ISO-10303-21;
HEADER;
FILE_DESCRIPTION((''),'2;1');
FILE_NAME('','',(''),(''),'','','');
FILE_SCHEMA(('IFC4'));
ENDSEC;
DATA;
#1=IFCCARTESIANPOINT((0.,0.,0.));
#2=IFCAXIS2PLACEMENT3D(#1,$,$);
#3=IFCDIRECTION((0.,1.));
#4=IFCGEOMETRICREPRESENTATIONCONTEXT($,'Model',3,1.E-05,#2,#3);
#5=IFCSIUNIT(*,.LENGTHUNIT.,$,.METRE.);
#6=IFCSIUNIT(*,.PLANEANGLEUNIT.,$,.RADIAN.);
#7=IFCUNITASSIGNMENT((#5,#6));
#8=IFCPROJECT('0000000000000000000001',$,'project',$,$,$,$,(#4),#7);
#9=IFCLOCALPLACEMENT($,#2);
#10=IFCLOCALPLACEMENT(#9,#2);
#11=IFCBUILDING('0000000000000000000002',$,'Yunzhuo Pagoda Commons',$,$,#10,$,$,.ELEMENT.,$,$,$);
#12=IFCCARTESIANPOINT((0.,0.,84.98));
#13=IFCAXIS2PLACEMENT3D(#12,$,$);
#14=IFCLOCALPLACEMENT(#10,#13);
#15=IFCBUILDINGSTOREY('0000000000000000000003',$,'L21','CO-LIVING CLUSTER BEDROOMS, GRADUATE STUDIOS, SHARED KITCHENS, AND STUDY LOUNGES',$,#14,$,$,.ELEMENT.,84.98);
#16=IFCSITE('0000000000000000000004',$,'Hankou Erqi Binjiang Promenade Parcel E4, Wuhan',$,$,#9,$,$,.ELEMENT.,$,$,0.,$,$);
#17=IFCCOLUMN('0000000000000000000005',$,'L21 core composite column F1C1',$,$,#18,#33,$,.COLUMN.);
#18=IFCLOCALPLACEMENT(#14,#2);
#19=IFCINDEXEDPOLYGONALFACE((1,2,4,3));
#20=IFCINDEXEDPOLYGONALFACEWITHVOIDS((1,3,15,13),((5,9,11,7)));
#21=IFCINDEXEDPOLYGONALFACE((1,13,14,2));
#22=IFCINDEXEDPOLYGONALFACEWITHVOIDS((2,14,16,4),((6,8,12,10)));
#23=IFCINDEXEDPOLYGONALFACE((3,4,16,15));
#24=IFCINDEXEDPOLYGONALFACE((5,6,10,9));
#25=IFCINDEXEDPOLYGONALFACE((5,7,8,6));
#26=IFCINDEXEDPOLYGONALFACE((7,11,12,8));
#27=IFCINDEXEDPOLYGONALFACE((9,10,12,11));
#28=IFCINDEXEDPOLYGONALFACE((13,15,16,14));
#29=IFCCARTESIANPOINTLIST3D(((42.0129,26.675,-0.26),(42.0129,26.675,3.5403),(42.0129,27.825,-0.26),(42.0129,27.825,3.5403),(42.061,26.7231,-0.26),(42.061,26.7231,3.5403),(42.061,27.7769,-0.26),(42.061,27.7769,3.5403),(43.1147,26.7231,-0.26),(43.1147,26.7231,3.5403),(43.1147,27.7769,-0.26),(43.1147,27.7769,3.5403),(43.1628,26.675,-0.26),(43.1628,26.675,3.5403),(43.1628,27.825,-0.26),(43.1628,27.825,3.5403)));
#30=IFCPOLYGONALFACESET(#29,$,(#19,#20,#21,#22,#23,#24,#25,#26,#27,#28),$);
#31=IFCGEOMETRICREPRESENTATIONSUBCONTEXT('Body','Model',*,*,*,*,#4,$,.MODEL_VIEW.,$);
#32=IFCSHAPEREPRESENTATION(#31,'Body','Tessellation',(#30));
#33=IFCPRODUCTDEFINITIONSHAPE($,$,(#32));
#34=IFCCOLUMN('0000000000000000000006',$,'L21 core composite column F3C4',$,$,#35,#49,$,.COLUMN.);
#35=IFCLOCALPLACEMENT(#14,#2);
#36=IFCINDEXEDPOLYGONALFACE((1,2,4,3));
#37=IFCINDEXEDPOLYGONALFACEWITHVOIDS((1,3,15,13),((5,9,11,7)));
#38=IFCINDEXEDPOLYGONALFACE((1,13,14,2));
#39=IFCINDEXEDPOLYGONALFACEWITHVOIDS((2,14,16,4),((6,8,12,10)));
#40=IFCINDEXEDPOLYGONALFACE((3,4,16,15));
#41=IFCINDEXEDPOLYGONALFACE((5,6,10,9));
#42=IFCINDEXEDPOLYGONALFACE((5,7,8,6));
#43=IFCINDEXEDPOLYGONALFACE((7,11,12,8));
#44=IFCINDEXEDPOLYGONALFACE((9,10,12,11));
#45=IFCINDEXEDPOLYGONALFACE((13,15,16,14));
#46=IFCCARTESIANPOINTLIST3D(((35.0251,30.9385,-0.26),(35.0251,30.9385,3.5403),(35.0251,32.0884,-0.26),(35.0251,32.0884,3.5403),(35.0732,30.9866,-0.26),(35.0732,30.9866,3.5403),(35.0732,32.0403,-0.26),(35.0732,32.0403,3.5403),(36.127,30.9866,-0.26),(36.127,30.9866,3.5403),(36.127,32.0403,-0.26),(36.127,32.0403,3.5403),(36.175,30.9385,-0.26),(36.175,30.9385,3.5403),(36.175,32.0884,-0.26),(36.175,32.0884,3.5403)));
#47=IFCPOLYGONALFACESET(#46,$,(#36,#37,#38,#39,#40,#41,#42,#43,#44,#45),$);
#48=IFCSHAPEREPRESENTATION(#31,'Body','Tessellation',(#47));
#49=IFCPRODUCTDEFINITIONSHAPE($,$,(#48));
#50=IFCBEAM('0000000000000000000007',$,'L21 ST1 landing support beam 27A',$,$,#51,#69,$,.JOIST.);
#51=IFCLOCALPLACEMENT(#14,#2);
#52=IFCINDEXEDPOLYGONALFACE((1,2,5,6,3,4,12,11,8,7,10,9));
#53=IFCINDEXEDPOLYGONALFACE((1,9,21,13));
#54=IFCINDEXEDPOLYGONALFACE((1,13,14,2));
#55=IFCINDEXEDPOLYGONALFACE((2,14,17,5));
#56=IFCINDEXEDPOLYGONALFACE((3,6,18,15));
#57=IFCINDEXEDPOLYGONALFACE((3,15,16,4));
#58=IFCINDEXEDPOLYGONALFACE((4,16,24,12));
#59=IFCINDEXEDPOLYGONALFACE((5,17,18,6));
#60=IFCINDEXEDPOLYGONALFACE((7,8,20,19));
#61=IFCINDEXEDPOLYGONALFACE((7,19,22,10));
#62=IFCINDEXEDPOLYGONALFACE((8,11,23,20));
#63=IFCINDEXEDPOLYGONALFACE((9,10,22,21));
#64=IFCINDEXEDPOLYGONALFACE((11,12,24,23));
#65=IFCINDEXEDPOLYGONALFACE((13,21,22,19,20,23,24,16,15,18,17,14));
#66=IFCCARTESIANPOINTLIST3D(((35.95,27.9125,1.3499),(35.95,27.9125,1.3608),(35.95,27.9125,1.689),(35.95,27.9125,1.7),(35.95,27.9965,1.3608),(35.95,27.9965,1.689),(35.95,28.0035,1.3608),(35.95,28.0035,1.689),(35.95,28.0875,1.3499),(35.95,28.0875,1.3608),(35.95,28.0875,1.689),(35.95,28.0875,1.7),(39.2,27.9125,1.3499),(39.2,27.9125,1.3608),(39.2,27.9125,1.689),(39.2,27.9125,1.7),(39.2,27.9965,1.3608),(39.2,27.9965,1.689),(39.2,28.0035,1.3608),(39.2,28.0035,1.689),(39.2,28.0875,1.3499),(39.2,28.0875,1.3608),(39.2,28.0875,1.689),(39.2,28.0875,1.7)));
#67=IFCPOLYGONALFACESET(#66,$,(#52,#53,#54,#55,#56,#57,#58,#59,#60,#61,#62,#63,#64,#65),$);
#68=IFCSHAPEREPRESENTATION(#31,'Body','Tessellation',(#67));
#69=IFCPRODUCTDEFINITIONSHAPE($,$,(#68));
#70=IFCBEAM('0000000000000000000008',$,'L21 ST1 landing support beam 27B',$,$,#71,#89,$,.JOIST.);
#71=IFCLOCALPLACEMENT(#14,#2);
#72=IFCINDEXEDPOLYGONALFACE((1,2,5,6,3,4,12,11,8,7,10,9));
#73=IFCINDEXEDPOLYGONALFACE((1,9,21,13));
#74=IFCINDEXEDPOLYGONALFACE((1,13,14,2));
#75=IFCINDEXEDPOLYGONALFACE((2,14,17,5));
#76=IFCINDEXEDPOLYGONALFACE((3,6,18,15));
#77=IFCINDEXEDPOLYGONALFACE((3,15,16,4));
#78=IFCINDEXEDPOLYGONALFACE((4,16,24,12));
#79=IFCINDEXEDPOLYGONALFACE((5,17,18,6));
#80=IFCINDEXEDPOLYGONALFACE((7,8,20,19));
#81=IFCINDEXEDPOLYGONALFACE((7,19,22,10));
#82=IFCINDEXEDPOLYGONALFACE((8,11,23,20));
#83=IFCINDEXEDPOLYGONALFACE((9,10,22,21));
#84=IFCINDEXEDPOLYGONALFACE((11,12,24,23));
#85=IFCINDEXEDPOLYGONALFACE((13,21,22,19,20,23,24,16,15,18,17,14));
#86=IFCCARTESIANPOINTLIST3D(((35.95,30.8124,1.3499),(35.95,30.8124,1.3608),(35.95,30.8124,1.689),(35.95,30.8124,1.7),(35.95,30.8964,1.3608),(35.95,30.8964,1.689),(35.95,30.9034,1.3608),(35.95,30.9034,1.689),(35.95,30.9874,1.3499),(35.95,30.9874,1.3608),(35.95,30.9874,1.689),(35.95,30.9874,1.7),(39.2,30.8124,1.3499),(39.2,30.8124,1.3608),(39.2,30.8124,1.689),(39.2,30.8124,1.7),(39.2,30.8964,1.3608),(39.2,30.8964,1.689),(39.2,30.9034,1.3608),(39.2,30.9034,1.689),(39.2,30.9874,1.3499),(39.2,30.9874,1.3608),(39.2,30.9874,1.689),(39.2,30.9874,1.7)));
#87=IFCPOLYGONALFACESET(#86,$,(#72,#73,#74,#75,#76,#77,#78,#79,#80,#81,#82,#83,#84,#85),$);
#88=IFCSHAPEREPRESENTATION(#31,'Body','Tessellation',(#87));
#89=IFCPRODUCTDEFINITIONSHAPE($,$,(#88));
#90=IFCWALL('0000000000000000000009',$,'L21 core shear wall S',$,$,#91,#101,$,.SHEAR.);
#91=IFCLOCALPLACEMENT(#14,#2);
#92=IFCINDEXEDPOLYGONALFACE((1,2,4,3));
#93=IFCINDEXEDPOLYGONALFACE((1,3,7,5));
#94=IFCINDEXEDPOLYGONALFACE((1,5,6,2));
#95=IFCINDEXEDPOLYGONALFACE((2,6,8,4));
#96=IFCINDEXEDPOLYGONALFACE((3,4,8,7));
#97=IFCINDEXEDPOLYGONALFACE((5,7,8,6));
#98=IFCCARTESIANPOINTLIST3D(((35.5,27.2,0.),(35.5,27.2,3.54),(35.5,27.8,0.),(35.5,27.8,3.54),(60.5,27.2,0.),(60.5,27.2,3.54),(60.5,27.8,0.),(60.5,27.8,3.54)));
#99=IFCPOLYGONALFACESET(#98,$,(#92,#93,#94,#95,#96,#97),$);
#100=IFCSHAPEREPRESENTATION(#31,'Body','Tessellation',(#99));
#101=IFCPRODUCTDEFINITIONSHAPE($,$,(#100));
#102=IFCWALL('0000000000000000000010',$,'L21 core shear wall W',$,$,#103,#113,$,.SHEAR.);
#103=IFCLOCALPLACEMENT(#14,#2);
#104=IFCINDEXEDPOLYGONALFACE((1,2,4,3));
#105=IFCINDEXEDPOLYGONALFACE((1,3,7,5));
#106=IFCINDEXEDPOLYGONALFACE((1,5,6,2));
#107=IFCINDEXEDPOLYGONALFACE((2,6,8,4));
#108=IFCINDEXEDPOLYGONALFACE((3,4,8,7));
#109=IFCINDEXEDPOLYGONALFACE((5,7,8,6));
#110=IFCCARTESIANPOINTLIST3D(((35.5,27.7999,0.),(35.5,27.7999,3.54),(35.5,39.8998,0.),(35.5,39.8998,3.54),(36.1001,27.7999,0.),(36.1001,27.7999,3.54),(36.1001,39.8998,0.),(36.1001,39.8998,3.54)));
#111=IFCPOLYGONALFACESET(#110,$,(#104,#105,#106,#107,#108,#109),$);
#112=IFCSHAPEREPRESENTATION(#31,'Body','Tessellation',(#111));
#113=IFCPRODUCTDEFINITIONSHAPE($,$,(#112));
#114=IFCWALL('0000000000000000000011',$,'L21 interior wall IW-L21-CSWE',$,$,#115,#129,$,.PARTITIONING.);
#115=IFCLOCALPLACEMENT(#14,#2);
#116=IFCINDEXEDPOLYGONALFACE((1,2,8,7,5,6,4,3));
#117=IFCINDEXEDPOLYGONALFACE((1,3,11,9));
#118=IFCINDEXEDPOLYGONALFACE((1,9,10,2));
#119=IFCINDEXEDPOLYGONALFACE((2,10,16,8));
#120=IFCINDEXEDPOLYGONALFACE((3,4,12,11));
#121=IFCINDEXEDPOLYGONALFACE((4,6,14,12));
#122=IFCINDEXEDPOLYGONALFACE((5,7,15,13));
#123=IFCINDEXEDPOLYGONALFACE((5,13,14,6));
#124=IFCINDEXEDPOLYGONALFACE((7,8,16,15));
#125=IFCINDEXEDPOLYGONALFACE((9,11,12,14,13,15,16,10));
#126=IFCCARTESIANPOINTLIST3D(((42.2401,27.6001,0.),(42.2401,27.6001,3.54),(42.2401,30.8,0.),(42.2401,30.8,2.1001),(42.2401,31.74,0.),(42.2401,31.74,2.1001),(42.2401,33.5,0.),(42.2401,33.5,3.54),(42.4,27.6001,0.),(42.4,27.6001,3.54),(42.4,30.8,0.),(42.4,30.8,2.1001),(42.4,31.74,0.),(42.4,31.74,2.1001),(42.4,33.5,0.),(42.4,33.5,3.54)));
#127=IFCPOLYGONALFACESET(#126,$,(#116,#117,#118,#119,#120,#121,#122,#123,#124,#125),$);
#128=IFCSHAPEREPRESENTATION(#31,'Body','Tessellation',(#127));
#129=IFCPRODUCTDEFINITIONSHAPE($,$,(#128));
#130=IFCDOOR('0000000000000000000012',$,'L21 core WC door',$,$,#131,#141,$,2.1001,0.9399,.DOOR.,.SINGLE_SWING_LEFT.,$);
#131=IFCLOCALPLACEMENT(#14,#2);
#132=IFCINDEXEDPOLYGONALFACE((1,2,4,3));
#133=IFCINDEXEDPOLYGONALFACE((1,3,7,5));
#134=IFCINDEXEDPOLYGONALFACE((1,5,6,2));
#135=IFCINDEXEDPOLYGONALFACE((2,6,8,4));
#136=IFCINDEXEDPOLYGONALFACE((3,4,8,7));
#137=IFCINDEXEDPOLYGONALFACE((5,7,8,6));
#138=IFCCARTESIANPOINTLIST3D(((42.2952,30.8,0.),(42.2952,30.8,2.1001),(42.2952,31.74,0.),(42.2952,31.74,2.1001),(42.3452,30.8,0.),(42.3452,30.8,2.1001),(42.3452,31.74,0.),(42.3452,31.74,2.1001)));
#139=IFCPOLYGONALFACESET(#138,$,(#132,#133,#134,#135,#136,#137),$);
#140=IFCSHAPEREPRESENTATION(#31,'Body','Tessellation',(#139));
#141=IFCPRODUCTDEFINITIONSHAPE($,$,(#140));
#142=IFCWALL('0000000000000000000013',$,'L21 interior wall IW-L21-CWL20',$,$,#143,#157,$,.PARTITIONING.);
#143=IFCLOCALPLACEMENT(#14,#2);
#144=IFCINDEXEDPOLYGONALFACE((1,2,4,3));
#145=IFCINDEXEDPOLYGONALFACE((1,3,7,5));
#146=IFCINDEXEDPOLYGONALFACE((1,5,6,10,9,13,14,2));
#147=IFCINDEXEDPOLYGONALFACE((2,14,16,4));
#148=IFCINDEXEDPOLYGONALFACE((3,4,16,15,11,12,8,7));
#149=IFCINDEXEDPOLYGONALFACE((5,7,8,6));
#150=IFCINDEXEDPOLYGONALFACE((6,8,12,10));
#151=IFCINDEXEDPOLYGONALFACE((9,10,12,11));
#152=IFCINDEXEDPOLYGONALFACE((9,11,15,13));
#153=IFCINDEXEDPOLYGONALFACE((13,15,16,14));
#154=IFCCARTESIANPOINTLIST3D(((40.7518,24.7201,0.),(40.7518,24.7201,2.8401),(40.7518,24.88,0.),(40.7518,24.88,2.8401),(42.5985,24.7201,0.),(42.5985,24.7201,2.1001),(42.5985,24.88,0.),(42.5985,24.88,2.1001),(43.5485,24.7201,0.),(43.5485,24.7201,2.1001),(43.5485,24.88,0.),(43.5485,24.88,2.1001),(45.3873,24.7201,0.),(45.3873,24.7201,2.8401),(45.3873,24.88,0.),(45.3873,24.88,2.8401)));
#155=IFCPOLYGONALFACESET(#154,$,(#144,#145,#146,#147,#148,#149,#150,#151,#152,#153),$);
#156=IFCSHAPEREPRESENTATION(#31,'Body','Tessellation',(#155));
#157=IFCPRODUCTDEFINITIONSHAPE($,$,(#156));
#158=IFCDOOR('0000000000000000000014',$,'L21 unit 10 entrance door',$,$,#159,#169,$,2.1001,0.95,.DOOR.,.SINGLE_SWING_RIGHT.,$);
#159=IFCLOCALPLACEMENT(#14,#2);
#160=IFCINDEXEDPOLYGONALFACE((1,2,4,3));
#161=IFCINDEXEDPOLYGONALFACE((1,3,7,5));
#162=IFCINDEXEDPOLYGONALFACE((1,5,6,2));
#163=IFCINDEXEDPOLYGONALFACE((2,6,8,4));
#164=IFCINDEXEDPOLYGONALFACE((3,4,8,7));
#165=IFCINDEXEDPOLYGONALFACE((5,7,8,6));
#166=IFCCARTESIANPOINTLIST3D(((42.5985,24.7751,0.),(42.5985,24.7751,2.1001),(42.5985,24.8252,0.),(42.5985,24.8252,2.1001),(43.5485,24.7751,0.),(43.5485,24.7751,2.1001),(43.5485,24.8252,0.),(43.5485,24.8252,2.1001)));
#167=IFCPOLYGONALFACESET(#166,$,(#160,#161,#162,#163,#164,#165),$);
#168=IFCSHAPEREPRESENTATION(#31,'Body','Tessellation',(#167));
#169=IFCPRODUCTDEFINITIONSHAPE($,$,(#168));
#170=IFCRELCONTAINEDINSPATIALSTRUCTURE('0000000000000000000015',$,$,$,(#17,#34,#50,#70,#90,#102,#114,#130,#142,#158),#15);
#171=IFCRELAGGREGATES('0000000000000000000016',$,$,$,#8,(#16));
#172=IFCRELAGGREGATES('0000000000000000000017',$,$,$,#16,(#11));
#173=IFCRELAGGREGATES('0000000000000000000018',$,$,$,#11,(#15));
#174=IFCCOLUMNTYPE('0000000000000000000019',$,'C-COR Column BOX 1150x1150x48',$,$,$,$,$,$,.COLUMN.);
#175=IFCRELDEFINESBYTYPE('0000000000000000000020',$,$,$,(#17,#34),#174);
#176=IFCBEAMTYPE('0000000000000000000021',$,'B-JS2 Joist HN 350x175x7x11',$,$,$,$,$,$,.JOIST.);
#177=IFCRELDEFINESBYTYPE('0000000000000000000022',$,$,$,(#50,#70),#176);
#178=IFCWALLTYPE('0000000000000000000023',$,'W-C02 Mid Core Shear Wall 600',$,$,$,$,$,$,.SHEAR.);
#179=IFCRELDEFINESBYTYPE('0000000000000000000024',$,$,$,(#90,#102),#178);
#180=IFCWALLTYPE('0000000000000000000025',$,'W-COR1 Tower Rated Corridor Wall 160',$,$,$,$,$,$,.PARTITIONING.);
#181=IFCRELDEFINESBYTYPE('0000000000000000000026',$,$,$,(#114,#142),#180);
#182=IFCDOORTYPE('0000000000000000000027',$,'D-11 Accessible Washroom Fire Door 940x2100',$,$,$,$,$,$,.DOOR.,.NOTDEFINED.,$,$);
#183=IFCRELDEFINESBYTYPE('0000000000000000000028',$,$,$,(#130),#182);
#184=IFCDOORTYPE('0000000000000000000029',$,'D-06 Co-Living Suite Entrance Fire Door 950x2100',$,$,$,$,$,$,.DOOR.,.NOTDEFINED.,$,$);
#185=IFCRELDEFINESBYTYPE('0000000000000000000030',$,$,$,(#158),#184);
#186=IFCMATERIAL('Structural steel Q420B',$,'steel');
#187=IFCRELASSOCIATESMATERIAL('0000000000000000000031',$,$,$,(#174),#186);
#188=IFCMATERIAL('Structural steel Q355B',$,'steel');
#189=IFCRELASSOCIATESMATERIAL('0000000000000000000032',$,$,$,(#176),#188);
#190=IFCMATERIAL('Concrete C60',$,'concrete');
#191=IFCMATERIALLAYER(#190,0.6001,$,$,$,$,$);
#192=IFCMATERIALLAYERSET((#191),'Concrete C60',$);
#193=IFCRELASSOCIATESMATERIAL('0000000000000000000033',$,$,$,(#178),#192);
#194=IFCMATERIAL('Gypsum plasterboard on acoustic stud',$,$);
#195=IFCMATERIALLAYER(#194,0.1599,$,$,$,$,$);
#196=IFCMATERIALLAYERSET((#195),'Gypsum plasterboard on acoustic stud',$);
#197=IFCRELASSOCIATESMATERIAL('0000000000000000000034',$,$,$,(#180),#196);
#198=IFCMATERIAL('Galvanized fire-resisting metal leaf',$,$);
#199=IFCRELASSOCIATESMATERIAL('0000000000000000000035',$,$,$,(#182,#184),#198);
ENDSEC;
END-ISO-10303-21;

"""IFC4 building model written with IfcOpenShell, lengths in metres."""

from ifc_helpers import new_model, si_unit, direction, frame, frame_2d, origin, origin_with_axes, origin_2d, place, context, subcontext, project, spatial, rectangle, hollow_rectangle, i_section, extrude, source, transform, mapped, material, layer, layer_set, material_profile, profile_set, type_object, element, fill, save


model = new_model("IFC4")

# Units and contexts
model_context = context("Model", 3, precision=1e-05, world=origin(), true_north=direction((0.0, 1.0)))
body_context = subcontext(model_context, "Body", "Model", "MODEL_VIEW")
ifc_project = project(units=[si_unit("LENGTHUNIT", "METRE"), si_unit("PLANEANGLEUNIT", "RADIAN")], contexts=[model_context])

# Site, building, storey
site_placement = place(None, origin())
site = spatial("IfcSite", under=ifc_project, at=site_placement, Name="Hankou Erqi Binjiang Promenade Parcel E4, Wuhan", CompositionType="ELEMENT", RefElevation=0.0)
building_placement = place(site_placement, origin())
building = spatial("IfcBuilding", under=site, at=building_placement, Name="Yunzhuo Pagoda Commons", CompositionType="ELEMENT")
storey_placement = place(building_placement, frame((0.0, 0.0, 84.98)))
storey = spatial("IfcBuildingStorey", under=building, at=storey_placement, Name="L21", Description="CO-LIVING CLUSTER BEDROOMS, GRADUATE STUDIOS, SHARED KITCHENS, AND STUDY LOUNGES", CompositionType="ELEMENT", Elevation=84.98)

# Columns
ifc_material_1 = material(Name="Structural steel Q420B", Category="steel")
ifc_material_profile_1 = material_profile(ifc_material_1, hollow_rectangle(XDim=1.1499, YDim=1.1499, WallThickness=0.0481, at=origin_2d()), Name="Structural steel Q420B")
ifc_profile_set_1 = profile_set([ifc_material_profile_1], Name="Structural steel Q420B")
column_type = type_object("IfcColumnType", Name="C-COR Column BOX 1150x1150x48", PredefinedType="COLUMN", material=ifc_profile_set_1)
shared_shape_1 = source(origin(), body_context, "Body", "SweptSolid", [
    extrude(hollow_rectangle(XDim=1.1499, YDim=1.1499, WallThickness=0.0481, at=origin_2d()), origin(), (0.0, 0.0, 1.0), 3.8003),
])
for number, where, z_axis, x_axis, name in (
    (1, (42.5879, 27.25, -0.26), (0.0, 0.0, 1.0), (1.0, 0.0, 0.0), "L21 core composite column F1C1"),
    (2, (35.6001, 31.5134, -0.26), (0.0, 0.0, 1.0), (1.0, 0.0, 0.0), "L21 core composite column F3C4"),
):
    element("IfcColumn", number, at=place(storey_placement, frame(where, z_axis=z_axis, x_axis=x_axis)), inside=storey, type_object=column_type, Name=name, PredefinedType="COLUMN", context=body_context, shape_type="MappedRepresentation", body=[
        mapped(shared_shape_1, transform((0.0, 0.0, 0.0), scale=1.0)),
    ])

# Beams
ifc_material_2 = material(Name="Structural steel Q355B", Category="steel")
ifc_material_profile_2 = material_profile(ifc_material_2, i_section(OverallWidth=0.175, OverallDepth=0.3501, WebThickness=0.0071, FlangeThickness=0.011, at=origin_2d()), Name="Structural steel Q355B")
ifc_profile_set_2 = profile_set([ifc_material_profile_2], Name="Structural steel Q355B")
beam_type = type_object("IfcBeamType", Name="B-JS2 Joist HN 350x175x7x11", PredefinedType="JOIST", material=ifc_profile_set_2)
shared_shape_2 = source(origin(), body_context, "Body", "SweptSolid", [
    extrude(i_section(OverallWidth=0.175, OverallDepth=0.3501, WebThickness=0.0071, FlangeThickness=0.011, at=origin_2d()), origin(), (0.0, 0.0, 1.0), 3.25),
])
for number, where, z_axis, x_axis, name in (
    (3, (35.95, 28.0, 1.5249), (1.0, 0.0, 0.0), (0.0, 1.0, 0.0), "L21 ST1 landing support beam 27A"),
    (4, (35.95, 30.8999, 1.5249), (1.0, 0.0, 0.0), (0.0, 1.0, 0.0), "L21 ST1 landing support beam 27B"),
):
    element("IfcBeam", number, at=place(storey_placement, frame(where, z_axis=z_axis, x_axis=x_axis)), inside=storey, type_object=beam_type, Name=name, PredefinedType="JOIST", context=body_context, shape_type="MappedRepresentation", body=[
        mapped(shared_shape_2, transform((0.0, 0.0, 0.0), scale=1.0)),
    ])

# Walls
ifc_material_3 = material(Name="Concrete C60", Category="concrete")
ifc_layer_1 = layer(ifc_material_3, 0.6001)
ifc_layer_set_1 = layer_set([ifc_layer_1], Name="Concrete C60")
wall_type_1 = type_object("IfcWallType", Name="W-C02 Mid Core Shear Wall 600", PredefinedType="SHEAR", material=ifc_layer_set_1)
wall_1_placement = place(storey_placement, frame((35.5, 27.5, 0.0), z_axis=(0.0, 0.0, 1.0), x_axis=(1.0, 0.0, 0.0)))
element("IfcWall", 5, at=wall_1_placement, inside=storey, type_object=wall_type_1, Name="L21 core shear wall S", PredefinedType="SHEAR", context=body_context, shape_type="SweptSolid", body=[
    extrude(rectangle(XDim=25.0, YDim=0.6001, at=frame_2d((12.5, 0.0))), origin(), (0.0, 0.0, 1.0), 3.54),
])
wall_2_placement = place(storey_placement, frame((35.8, 27.8, 0.0), z_axis=(0.0, 0.0, 1.0), x_axis=(0.0, 1.0, 0.0)))
element("IfcWall", 6, at=wall_2_placement, inside=storey, type_object=wall_type_1, Name="L21 core shear wall W", PredefinedType="SHEAR", context=body_context, shape_type="SweptSolid", body=[
    extrude(rectangle(XDim=12.0999, YDim=0.6001, at=frame_2d((6.0498, 0.0))), origin(), (0.0, 0.0, 1.0), 3.54),
])

# Walls, openings, doors
ifc_material_4 = material(Name="Gypsum plasterboard on acoustic stud")
ifc_layer_2 = layer(ifc_material_4, 0.1599)
ifc_layer_set_2 = layer_set([ifc_layer_2], Name="Gypsum plasterboard on acoustic stud")
wall_type_2 = type_object("IfcWallType", Name="W-COR1 Tower Rated Corridor Wall 160", PredefinedType="PARTITIONING", material=ifc_layer_set_2)
wall_3_placement = place(storey_placement, frame((42.3201, 27.6001, 0.0), z_axis=(0.0, 0.0, 1.0), x_axis=(0.0, 1.0, 0.0)))
wall_3 = element("IfcWall", 7, at=wall_3_placement, inside=storey, type_object=wall_type_2, Name="L21 interior wall IW-L21-CSWE", PredefinedType="PARTITIONING", context=body_context, shape_type="SweptSolid", body=[
    extrude(rectangle(XDim=5.8999, YDim=0.1599, at=frame_2d((2.95, 0.0))), origin(), (0.0, 0.0, 1.0), 3.54),
])
opening_1_placement = place(wall_3_placement, frame((3.2, 0.0, 0.0)))
opening_1 = element("IfcOpeningElement", 8, at=opening_1_placement, cuts=wall_3, PredefinedType="OPENING", context=body_context, shape_type="SweptSolid", body=[
    extrude(rectangle(XDim=0.9399, YDim=2.1001, at=frame_2d((0.47, 1.05))), frame((0.0, 0.0898, 0.0), z_axis=(0.0, -1.0, 0.0), x_axis=(1.0, 0.0, 0.0)), (0.0, 0.0, 1.0), 0.1799),
])
ifc_material_5 = material(Name="Galvanized fire-resisting metal leaf")
door_type_1 = type_object("IfcDoorType", Name="D-11 Accessible Washroom Fire Door 940x2100", OperationType="NOTDEFINED", PredefinedType="DOOR", material=ifc_material_5)
shared_shape_3 = source(origin(), body_context, "Body", "SweptSolid", [
    extrude(rectangle(XDim=0.9399, YDim=2.1001, at=frame_2d((0.47, 1.05))), frame((0.0, 0.0249, 0.0), z_axis=(0.0, -1.0, 0.0), x_axis=(1.0, 0.0, 0.0)), (0.0, 0.0, 1.0), 0.05),
])
door_1_placement = place(opening_1_placement, origin_with_axes())
door_1 = element("IfcDoor", 9, at=door_1_placement, inside=storey, type_object=door_type_1, Name="L21 core WC door", OperationType="SINGLE_SWING_LEFT", OverallHeight=2.1001, OverallWidth=0.9399, PredefinedType="DOOR", context=body_context, shape_type="MappedRepresentation", body=[
    mapped(shared_shape_3, transform((0.0, 0.0, 0.0), scale=1.0)),
])
fill(opening_1, door_1)
wall_4_placement = place(storey_placement, frame((45.3875, 24.8, 0.0), z_axis=(0.0, 0.0, 1.0), x_axis=(-1.0, 0.0, 0.0)))
wall_4 = element("IfcWall", 10, at=wall_4_placement, inside=storey, type_object=wall_type_2, Name="L21 interior wall IW-L21-CWL20", PredefinedType="PARTITIONING", context=body_context, shape_type="SweptSolid", body=[
    extrude(rectangle(XDim=4.6355, YDim=0.1599, at=frame_2d((2.3179, 0.0))), origin(), (0.0, 0.0, 1.0), 2.8401),
])
opening_2_placement = place(wall_4_placement, frame((1.8389, 0.0, 0.0)))
opening_2 = element("IfcOpeningElement", 11, at=opening_2_placement, cuts=wall_4, PredefinedType="OPENING", context=body_context, shape_type="SweptSolid", body=[
    extrude(rectangle(XDim=0.95, YDim=2.1001, at=frame_2d((0.4751, 1.05))), frame((0.0, 0.0898, 0.0), z_axis=(0.0, -1.0, 0.0), x_axis=(1.0, 0.0, 0.0)), (0.0, 0.0, 1.0), 0.1799),
])
door_type_2 = type_object("IfcDoorType", Name="D-06 Co-Living Suite Entrance Fire Door 950x2100", OperationType="NOTDEFINED", PredefinedType="DOOR", material=ifc_material_5)
shared_shape_4 = source(origin(), body_context, "Body", "SweptSolid", [
    extrude(rectangle(XDim=0.95, YDim=2.1001, at=frame_2d((0.4751, 1.05))), frame((0.0, 0.0249, 0.0), z_axis=(0.0, -1.0, 0.0), x_axis=(1.0, 0.0, 0.0)), (0.0, 0.0, 1.0), 0.05),
])
door_2_placement = place(opening_2_placement, origin_with_axes())
door_2 = element("IfcDoor", 12, at=door_2_placement, inside=storey, type_object=door_type_2, Name="L21 unit 10 entrance door", OperationType="SINGLE_SWING_RIGHT", OverallHeight=2.1001, OverallWidth=0.95, PredefinedType="DOOR", context=body_context, shape_type="MappedRepresentation", body=[
    mapped(shared_shape_4, transform((0.0, 0.0, 0.0), scale=1.0)),
])
fill(opening_2, door_2)

save(model, "model.ifc")
